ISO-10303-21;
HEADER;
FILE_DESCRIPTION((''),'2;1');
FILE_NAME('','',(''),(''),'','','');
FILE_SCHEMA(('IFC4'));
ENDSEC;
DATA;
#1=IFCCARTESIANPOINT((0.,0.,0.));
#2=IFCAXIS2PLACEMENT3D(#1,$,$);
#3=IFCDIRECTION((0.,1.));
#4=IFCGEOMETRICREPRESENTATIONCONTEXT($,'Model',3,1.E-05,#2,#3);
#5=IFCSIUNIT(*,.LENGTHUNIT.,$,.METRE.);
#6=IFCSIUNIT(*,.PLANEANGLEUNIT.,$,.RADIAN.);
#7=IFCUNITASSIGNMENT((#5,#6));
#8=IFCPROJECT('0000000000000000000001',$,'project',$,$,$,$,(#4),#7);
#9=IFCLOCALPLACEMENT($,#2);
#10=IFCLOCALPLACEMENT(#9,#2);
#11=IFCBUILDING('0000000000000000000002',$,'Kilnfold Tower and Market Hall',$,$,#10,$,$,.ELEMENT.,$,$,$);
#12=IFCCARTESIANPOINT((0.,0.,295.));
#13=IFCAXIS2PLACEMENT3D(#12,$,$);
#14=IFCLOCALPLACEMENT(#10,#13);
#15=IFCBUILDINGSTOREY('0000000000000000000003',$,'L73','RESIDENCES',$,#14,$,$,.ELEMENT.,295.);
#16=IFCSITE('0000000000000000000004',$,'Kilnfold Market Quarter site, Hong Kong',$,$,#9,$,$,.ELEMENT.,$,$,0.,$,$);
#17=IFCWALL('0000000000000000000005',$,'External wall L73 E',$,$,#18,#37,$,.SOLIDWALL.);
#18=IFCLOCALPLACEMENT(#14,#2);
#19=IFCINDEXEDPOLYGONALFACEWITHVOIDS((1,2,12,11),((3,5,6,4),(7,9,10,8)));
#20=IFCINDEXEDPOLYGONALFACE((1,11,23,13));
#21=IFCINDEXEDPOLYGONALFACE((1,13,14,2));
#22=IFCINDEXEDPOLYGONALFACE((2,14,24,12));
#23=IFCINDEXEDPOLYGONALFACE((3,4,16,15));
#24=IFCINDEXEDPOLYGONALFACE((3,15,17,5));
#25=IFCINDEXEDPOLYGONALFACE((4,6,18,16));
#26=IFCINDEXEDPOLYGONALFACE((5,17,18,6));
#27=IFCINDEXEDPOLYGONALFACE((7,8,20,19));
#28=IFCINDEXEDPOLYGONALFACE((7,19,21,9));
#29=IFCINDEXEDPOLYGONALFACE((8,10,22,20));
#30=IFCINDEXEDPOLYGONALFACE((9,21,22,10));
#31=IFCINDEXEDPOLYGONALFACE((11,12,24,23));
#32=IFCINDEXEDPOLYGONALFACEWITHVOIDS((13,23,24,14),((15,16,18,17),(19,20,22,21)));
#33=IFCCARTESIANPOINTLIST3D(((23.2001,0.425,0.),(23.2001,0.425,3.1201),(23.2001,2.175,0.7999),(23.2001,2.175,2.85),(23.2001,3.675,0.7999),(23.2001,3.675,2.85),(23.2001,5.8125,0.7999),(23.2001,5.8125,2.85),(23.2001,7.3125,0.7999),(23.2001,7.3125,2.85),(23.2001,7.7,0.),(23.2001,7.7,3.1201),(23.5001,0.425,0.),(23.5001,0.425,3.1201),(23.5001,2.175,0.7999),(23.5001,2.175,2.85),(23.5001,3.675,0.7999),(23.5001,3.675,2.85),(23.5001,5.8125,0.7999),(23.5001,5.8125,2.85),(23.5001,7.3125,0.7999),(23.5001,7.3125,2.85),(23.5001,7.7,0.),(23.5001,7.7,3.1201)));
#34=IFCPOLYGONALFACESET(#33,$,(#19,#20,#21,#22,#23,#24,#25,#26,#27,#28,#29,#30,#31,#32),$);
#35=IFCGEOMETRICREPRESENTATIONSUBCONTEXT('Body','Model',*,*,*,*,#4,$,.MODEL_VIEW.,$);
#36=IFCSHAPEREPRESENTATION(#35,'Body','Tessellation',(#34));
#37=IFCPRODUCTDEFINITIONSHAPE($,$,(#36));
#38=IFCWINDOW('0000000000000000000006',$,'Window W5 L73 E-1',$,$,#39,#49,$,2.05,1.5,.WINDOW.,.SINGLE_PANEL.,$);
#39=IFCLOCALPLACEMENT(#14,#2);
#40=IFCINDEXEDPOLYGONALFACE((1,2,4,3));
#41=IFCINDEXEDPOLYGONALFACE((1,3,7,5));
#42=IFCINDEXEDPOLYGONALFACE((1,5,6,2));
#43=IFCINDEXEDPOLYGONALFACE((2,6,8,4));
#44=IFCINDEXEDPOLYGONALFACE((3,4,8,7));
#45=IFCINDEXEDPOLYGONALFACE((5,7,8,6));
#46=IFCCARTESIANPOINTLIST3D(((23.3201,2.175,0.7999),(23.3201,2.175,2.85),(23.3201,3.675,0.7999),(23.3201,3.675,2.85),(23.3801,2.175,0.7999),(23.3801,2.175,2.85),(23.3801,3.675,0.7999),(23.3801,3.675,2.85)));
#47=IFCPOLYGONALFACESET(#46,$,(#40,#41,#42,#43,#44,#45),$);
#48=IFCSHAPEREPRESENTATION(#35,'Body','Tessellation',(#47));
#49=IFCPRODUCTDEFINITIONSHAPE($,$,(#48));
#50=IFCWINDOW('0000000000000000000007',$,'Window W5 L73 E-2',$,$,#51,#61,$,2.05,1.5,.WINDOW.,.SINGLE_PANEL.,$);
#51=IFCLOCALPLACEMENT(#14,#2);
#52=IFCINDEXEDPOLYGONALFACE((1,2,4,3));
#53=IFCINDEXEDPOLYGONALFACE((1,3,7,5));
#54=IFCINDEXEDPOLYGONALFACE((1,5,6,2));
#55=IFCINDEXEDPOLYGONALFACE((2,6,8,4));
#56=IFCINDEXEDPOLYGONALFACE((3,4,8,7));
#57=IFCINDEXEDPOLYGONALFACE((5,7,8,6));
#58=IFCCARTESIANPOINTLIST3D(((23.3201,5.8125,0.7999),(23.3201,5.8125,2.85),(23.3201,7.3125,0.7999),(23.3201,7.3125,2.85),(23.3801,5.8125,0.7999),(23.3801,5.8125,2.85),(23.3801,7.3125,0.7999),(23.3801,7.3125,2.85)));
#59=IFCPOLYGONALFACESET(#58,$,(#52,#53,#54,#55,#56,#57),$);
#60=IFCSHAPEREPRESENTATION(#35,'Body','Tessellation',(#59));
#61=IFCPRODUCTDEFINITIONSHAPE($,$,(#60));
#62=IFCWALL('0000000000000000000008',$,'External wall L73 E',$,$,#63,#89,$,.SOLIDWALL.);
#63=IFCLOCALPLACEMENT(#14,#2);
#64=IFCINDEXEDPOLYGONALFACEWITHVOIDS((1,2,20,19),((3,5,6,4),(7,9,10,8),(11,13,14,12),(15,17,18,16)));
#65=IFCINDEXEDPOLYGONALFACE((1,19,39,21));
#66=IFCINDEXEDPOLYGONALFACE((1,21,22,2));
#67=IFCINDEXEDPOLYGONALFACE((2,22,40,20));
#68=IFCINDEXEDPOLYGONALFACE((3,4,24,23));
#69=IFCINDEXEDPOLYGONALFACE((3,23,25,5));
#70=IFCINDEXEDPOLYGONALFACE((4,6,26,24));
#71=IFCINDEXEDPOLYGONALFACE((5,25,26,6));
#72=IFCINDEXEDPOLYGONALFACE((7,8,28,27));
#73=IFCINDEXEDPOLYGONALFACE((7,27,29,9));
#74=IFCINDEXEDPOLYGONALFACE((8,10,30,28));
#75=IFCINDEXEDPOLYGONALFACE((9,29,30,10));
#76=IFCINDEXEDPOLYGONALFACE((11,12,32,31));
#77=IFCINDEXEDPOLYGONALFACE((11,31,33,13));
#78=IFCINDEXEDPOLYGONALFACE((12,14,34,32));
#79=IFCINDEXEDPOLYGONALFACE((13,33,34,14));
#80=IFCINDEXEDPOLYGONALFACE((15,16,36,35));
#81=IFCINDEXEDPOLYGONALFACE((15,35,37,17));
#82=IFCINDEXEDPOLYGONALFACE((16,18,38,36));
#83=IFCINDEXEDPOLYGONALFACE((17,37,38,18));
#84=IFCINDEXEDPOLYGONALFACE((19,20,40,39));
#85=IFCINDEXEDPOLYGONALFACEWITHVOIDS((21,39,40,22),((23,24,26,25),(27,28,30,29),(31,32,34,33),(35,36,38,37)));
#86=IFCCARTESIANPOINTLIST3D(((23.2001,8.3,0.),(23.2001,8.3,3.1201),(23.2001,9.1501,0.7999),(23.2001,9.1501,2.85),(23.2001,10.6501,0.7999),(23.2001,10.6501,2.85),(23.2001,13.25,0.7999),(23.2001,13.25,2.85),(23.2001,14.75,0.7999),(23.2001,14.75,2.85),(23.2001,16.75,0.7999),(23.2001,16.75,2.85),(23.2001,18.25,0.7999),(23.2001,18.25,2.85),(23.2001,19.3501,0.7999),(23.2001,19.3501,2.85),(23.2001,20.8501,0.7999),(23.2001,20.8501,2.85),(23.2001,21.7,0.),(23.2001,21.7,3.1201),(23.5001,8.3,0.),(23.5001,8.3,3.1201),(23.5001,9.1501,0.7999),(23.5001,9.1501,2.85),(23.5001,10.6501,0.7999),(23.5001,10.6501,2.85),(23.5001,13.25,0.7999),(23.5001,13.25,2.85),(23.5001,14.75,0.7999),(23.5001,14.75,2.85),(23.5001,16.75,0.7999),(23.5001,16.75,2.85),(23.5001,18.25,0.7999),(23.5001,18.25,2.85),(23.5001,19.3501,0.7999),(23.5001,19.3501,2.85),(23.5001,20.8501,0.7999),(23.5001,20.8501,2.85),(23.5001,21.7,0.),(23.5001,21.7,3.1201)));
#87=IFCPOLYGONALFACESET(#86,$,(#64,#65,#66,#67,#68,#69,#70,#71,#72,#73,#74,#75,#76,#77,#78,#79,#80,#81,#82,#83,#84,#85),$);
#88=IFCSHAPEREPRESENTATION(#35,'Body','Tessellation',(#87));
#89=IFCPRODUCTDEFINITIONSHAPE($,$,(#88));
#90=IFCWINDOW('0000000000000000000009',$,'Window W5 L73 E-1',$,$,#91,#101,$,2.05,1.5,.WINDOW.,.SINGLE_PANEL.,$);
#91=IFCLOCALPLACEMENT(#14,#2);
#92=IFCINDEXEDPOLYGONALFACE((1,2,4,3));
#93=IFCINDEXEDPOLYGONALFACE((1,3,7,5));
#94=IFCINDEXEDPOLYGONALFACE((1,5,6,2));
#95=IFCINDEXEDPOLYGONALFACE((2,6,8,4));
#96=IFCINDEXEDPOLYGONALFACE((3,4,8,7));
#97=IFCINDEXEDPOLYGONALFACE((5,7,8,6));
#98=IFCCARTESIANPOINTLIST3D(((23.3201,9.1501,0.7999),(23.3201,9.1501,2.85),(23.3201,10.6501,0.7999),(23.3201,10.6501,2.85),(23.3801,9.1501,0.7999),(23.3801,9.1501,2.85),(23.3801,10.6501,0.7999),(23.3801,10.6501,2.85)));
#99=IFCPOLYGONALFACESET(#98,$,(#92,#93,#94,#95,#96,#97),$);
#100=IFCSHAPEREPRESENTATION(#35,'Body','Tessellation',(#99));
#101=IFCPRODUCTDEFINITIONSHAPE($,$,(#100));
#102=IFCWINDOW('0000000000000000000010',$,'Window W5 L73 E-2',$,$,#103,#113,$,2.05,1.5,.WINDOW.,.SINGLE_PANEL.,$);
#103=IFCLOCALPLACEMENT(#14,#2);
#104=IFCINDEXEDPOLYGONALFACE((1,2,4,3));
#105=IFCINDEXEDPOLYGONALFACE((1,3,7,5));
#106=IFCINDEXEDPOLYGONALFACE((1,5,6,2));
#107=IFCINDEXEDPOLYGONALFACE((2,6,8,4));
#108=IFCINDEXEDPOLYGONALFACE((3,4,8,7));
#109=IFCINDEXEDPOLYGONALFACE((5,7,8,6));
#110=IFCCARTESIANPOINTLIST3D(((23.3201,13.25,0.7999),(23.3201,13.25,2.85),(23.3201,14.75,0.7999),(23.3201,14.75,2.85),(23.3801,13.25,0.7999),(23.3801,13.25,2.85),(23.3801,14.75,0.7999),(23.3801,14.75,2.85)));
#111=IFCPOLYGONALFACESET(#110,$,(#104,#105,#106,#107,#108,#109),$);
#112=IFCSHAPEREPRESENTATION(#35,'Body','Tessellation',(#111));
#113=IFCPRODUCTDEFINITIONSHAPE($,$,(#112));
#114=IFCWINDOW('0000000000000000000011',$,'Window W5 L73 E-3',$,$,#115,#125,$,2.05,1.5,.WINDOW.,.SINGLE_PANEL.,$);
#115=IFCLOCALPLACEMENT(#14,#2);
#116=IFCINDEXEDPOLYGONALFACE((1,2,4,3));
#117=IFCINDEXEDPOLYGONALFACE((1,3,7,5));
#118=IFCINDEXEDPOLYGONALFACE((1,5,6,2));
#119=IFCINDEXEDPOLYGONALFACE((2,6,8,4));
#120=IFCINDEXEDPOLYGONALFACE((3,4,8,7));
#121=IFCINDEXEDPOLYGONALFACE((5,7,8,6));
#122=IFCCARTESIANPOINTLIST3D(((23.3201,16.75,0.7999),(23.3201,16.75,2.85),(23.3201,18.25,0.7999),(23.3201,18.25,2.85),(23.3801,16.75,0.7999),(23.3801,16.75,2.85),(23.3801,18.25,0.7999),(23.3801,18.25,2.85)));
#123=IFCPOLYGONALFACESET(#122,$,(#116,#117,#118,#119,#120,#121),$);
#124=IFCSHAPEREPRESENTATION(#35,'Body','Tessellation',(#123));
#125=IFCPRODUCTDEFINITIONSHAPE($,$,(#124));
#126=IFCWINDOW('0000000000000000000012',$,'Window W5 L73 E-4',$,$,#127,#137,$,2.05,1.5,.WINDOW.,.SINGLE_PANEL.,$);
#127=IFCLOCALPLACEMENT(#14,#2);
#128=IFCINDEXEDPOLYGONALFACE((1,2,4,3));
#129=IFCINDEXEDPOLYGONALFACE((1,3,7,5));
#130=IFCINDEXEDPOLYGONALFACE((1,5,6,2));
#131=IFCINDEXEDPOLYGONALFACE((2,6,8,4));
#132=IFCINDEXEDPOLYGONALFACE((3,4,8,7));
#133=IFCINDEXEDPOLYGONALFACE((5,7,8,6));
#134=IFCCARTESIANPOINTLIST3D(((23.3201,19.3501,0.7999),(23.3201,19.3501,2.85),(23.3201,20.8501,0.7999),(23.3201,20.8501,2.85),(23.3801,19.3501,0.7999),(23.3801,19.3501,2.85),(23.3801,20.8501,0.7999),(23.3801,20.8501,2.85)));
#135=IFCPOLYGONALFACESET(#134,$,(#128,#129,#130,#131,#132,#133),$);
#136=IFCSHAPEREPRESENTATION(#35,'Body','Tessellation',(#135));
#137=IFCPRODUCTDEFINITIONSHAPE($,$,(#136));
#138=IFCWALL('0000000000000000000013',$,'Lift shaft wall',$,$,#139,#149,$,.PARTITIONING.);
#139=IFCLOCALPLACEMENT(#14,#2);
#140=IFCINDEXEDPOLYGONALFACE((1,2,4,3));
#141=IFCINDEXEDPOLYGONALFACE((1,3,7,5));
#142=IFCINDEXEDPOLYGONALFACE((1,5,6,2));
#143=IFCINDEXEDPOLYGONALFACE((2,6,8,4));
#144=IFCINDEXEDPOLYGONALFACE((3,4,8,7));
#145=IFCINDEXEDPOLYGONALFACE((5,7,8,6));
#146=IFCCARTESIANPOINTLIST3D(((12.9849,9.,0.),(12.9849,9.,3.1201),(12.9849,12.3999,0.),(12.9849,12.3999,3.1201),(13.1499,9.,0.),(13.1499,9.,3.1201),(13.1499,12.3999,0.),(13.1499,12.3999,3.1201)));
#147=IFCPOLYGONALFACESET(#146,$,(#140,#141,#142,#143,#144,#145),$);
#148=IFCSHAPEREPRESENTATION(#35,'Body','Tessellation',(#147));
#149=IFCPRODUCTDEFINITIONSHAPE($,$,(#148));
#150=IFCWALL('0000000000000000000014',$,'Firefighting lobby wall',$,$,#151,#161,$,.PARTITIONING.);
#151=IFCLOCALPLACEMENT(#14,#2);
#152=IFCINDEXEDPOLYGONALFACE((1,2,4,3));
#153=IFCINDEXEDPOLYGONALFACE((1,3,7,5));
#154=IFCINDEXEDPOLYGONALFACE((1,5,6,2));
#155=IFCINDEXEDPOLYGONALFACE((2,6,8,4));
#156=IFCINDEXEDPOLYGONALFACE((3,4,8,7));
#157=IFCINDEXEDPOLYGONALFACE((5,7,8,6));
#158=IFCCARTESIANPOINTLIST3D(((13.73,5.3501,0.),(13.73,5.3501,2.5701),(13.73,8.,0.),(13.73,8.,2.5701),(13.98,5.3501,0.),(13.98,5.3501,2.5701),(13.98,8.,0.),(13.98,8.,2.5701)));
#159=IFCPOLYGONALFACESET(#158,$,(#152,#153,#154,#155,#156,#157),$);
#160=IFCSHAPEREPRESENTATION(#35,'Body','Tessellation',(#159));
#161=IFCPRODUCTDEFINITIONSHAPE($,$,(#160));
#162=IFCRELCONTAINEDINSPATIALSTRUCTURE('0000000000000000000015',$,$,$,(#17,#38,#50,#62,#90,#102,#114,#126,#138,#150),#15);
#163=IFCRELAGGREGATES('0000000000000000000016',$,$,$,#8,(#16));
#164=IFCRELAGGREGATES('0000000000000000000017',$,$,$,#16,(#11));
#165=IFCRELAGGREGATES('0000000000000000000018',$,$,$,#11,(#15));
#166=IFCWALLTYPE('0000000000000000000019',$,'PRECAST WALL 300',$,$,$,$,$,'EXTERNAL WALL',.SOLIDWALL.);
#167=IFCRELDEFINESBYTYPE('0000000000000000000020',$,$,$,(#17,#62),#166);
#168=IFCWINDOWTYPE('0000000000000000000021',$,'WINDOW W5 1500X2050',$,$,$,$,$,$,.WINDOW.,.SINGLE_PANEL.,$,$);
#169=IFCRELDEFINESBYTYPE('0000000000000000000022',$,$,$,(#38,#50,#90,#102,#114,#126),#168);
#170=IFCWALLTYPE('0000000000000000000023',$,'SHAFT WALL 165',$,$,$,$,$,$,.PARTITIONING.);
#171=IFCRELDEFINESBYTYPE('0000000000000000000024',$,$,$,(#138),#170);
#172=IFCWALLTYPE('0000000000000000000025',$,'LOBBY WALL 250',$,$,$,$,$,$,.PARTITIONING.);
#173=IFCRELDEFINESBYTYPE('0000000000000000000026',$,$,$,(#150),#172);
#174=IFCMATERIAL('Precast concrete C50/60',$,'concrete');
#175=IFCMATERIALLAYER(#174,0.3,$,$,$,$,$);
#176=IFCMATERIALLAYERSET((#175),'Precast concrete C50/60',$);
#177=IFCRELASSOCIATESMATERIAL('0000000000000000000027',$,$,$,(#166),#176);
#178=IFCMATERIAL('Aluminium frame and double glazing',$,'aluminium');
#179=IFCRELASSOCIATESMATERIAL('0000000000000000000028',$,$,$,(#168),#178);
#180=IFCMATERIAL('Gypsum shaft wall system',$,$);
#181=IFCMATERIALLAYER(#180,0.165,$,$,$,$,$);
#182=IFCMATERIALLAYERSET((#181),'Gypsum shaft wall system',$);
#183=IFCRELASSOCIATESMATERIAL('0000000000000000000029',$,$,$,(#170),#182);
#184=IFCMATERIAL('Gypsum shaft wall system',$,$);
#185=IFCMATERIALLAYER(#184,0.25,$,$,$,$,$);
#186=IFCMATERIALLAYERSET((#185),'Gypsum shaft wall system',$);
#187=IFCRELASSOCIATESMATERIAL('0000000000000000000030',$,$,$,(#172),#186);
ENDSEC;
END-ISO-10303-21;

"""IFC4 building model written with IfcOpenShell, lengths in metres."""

from ifc_helpers import new_model, si_unit, direction, frame, frame_2d, origin, place, context, subcontext, project, spatial, rectangle, extrude, source, transform, mapped, material, layer, layer_set, type_object, element, fill, save


model = new_model("IFC4")

# Units and contexts
model_context = context("Model", 3, precision=1e-05, world=origin(), true_north=direction((0.0, 1.0)))
body_context = subcontext(model_context, "Body", "Model", "MODEL_VIEW")
ifc_project = project(units=[si_unit("LENGTHUNIT", "METRE"), si_unit("PLANEANGLEUNIT", "RADIAN")], contexts=[model_context])

# Site, building, storey
site_placement = place(None, origin())
site = spatial("IfcSite", under=ifc_project, at=site_placement, Name="Kilnfold Market Quarter site, Hong Kong", CompositionType="ELEMENT", RefElevation=0.0)
building_placement = place(site_placement, origin())
building = spatial("IfcBuilding", under=site, at=building_placement, Name="Kilnfold Tower and Market Hall", CompositionType="ELEMENT")
storey_placement = place(building_placement, frame((0.0, 0.0, 295.0)))
storey = spatial("IfcBuildingStorey", under=building, at=storey_placement, Name="L73", Description="RESIDENCES", CompositionType="ELEMENT", Elevation=295.0)

# Walls, openings, windows
ifc_material_1 = material(Name="Precast concrete C50/60", Category="concrete")
ifc_layer_1 = layer(ifc_material_1, 0.3)
ifc_layer_set_1 = layer_set([ifc_layer_1], Name="Precast concrete C50/60")
wall_type_1 = type_object("IfcWallType", Name="PRECAST WALL 300", ElementType="EXTERNAL WALL", PredefinedType="SOLIDWALL", material=ifc_layer_set_1)
shared_shape_1 = source(origin(), body_context, "Body", "SweptSolid", [
    extrude(rectangle(XDim=7.2749, YDim=0.3, at=frame_2d((3.6375, 0.0))), origin(), (0.0, 0.0, 1.0), 3.1201),
])
wall_1_placement = place(storey_placement, frame((23.3501, 0.425, 0.0), z_axis=(0.0, 0.0, 1.0), x_axis=(0.0, 1.0, 0.0)))
wall_1 = element("IfcWall", 1, at=wall_1_placement, inside=storey, type_object=wall_type_1, Name="External wall L73 E", PredefinedType="SOLIDWALL", context=body_context, shape_type="MappedRepresentation", body=[
    mapped(shared_shape_1, transform((0.0, 0.0, 0.0))),
])
opening_1_placement = place(wall_1_placement, frame((1.75, 0.0, 0.8)))
opening_1 = element("IfcOpeningElement", 2, at=opening_1_placement, cuts=wall_1, PredefinedType="OPENING", context=body_context, shape_type="SweptSolid", body=[
    extrude(rectangle(XDim=1.5, YDim=2.05, at=frame_2d((0.75, 1.0249))), frame((0.0, 0.1602, 0.0), z_axis=(0.0, -1.0, 0.0), x_axis=(1.0, 0.0, 0.0)), (0.0, 0.0, 1.0), 0.3201),
])
opening_2_placement = place(wall_1_placement, frame((5.3875, 0.0, 0.8)))
opening_2 = element("IfcOpeningElement", 3, at=opening_2_placement, cuts=wall_1, PredefinedType="OPENING", context=body_context, shape_type="SweptSolid", body=[
    extrude(rectangle(XDim=1.5, YDim=2.05, at=frame_2d((0.75, 1.0249))), frame((0.0, 0.1602, 0.0), z_axis=(0.0, -1.0, 0.0), x_axis=(1.0, 0.0, 0.0)), (0.0, 0.0, 1.0), 0.3201),
])
ifc_material_2 = material(Name="Aluminium frame and double glazing", Category="aluminium")
window_type = type_object("IfcWindowType", Name="WINDOW W5 1500X2050", PartitioningType="SINGLE_PANEL", PredefinedType="WINDOW", material=ifc_material_2)
window_1_placement = place(opening_1_placement, origin())
window_1 = element("IfcWindow", 4, at=window_1_placement, inside=storey, type_object=window_type, Name="Window W5 L73 E-1", OverallHeight=2.05, OverallWidth=1.5, PartitioningType="SINGLE_PANEL", PredefinedType="WINDOW", context=body_context, shape_type="SweptSolid", body=[
    extrude(rectangle(XDim=1.5, YDim=2.05, at=frame_2d((0.75, 1.0249))), frame((0.0, 0.03, 0.0), z_axis=(0.0, -1.0, 0.0), x_axis=(1.0, 0.0, 0.0)), (0.0, 0.0, 1.0), 0.0601),
])
fill(opening_1, window_1)
window_2_placement = place(opening_2_placement, origin())
window_2 = element("IfcWindow", 5, at=window_2_placement, inside=storey, type_object=window_type, Name="Window W5 L73 E-2", OverallHeight=2.05, OverallWidth=1.5, PartitioningType="SINGLE_PANEL", PredefinedType="WINDOW", context=body_context, shape_type="SweptSolid", body=[
    extrude(rectangle(XDim=1.5, YDim=2.05, at=frame_2d((0.75, 1.0249))), frame((0.0, 0.03, 0.0), z_axis=(0.0, -1.0, 0.0), x_axis=(1.0, 0.0, 0.0)), (0.0, 0.0, 1.0), 0.0601),
])
fill(opening_2, window_2)
shared_shape_2 = source(origin(), body_context, "Body", "SweptSolid", [
    extrude(rectangle(XDim=13.3999, YDim=0.3, at=frame_2d((6.7, 0.0))), origin(), (0.0, 0.0, 1.0), 3.1201),
])
wall_2_placement = place(storey_placement, frame((23.3501, 8.3, 0.0), z_axis=(0.0, 0.0, 1.0), x_axis=(0.0, 1.0, 0.0)))
wall_2 = element("IfcWall", 6, at=wall_2_placement, inside=storey, type_object=wall_type_1, Name="External wall L73 E", PredefinedType="SOLIDWALL", context=body_context, shape_type="MappedRepresentation", body=[
    mapped(shared_shape_2, transform((0.0, 0.0, 0.0))),
])
opening_3_placement = place(wall_2_placement, frame((0.8501, 0.0, 0.8)))
opening_3 = element("IfcOpeningElement", 7, at=opening_3_placement, cuts=wall_2, PredefinedType="OPENING", context=body_context, shape_type="SweptSolid", body=[
    extrude(rectangle(XDim=1.5, YDim=2.05, at=frame_2d((0.75, 1.0249))), frame((0.0, 0.1602, 0.0), z_axis=(0.0, -1.0, 0.0), x_axis=(1.0, 0.0, 0.0)), (0.0, 0.0, 1.0), 0.3201),
])
opening_4_placement = place(wall_2_placement, frame((4.95, 0.0, 0.8)))
opening_4 = element("IfcOpeningElement", 8, at=opening_4_placement, cuts=wall_2, PredefinedType="OPENING", context=body_context, shape_type="SweptSolid", body=[
    extrude(rectangle(XDim=1.5, YDim=2.05, at=frame_2d((0.75, 1.0249))), frame((0.0, 0.1602, 0.0), z_axis=(0.0, -1.0, 0.0), x_axis=(1.0, 0.0, 0.0)), (0.0, 0.0, 1.0), 0.3201),
])
opening_5_placement = place(wall_2_placement, frame((8.45, 0.0, 0.8)))
opening_5 = element("IfcOpeningElement", 9, at=opening_5_placement, cuts=wall_2, PredefinedType="OPENING", context=body_context, shape_type="SweptSolid", body=[
    extrude(rectangle(XDim=1.5, YDim=2.05, at=frame_2d((0.75, 1.0249))), frame((0.0, 0.1602, 0.0), z_axis=(0.0, -1.0, 0.0), x_axis=(1.0, 0.0, 0.0)), (0.0, 0.0, 1.0), 0.3201),
])
opening_6_placement = place(wall_2_placement, frame((11.05, 0.0, 0.8)))
opening_6 = element("IfcOpeningElement", 10, at=opening_6_placement, cuts=wall_2, PredefinedType="OPENING", context=body_context, shape_type="SweptSolid", body=[
    extrude(rectangle(XDim=1.5, YDim=2.05, at=frame_2d((0.75, 1.0249))), frame((0.0, 0.1602, 0.0), z_axis=(0.0, -1.0, 0.0), x_axis=(1.0, 0.0, 0.0)), (0.0, 0.0, 1.0), 0.3201),
])
window_3_placement = place(opening_3_placement, origin())
window_3 = element("IfcWindow", 11, at=window_3_placement, inside=storey, type_object=window_type, Name="Window W5 L73 E-1", OverallHeight=2.05, OverallWidth=1.5, PartitioningType="SINGLE_PANEL", PredefinedType="WINDOW", context=body_context, shape_type="SweptSolid", body=[
    extrude(rectangle(XDim=1.5, YDim=2.05, at=frame_2d((0.75, 1.0249))), frame((0.0, 0.03, 0.0), z_axis=(0.0, -1.0, 0.0), x_axis=(1.0, 0.0, 0.0)), (0.0, 0.0, 1.0), 0.0601),
])
fill(opening_3, window_3)
window_4_placement = place(opening_4_placement, origin())
window_4 = element("IfcWindow", 12, at=window_4_placement, inside=storey, type_object=window_type, Name="Window W5 L73 E-2", OverallHeight=2.05, OverallWidth=1.5, PartitioningType="SINGLE_PANEL", PredefinedType="WINDOW", context=body_context, shape_type="SweptSolid", body=[
    extrude(rectangle(XDim=1.5, YDim=2.05, at=frame_2d((0.75, 1.0249))), frame((0.0, 0.03, 0.0), z_axis=(0.0, -1.0, 0.0), x_axis=(1.0, 0.0, 0.0)), (0.0, 0.0, 1.0), 0.0601),
])
fill(opening_4, window_4)
window_5_placement = place(opening_5_placement, origin())
window_5 = element("IfcWindow", 13, at=window_5_placement, inside=storey, type_object=window_type, Name="Window W5 L73 E-3", OverallHeight=2.05, OverallWidth=1.5, PartitioningType="SINGLE_PANEL", PredefinedType="WINDOW", context=body_context, shape_type="SweptSolid", body=[
    extrude(rectangle(XDim=1.5, YDim=2.05, at=frame_2d((0.75, 1.0249))), frame((0.0, 0.03, 0.0), z_axis=(0.0, -1.0, 0.0), x_axis=(1.0, 0.0, 0.0)), (0.0, 0.0, 1.0), 0.0601),
])
fill(opening_5, window_5)
window_6_placement = place(opening_6_placement, origin())
window_6 = element("IfcWindow", 14, at=window_6_placement, inside=storey, type_object=window_type, Name="Window W5 L73 E-4", OverallHeight=2.05, OverallWidth=1.5, PartitioningType="SINGLE_PANEL", PredefinedType="WINDOW", context=body_context, shape_type="SweptSolid", body=[
    extrude(rectangle(XDim=1.5, YDim=2.05, at=frame_2d((0.75, 1.0249))), frame((0.0, 0.03, 0.0), z_axis=(0.0, -1.0, 0.0), x_axis=(1.0, 0.0, 0.0)), (0.0, 0.0, 1.0), 0.0601),
])
fill(opening_6, window_6)

# Walls
ifc_material_3 = material(Name="Gypsum shaft wall system")
ifc_layer_2 = layer(ifc_material_3, 0.165)
ifc_layer_set_2 = layer_set([ifc_layer_2], Name="Gypsum shaft wall system")
wall_type_2 = type_object("IfcWallType", Name="SHAFT WALL 165", PredefinedType="PARTITIONING", material=ifc_layer_set_2)
shared_shape_3 = source(origin(), body_context, "Body", "SweptSolid", [
    extrude(rectangle(XDim=3.3999, YDim=0.165, at=frame_2d((1.7, 0.0))), origin(), (0.0, 0.0, 1.0), 3.1201),
])
wall_3_placement = place(storey_placement, frame((13.0674, 9.0, 0.0), z_axis=(0.0, 0.0, 1.0), x_axis=(0.0, 1.0, 0.0)))
element("IfcWall", 15, at=wall_3_placement, inside=storey, type_object=wall_type_2, Name="Lift shaft wall", PredefinedType="PARTITIONING", context=body_context, shape_type="MappedRepresentation", body=[
    mapped(shared_shape_3, transform((0.0, 0.0, 0.0))),
])
ifc_material_4 = material(Name="Gypsum shaft wall system")
ifc_layer_3 = layer(ifc_material_4, 0.25)
ifc_layer_set_3 = layer_set([ifc_layer_3], Name="Gypsum shaft wall system")
wall_type_3 = type_object("IfcWallType", Name="LOBBY WALL 250", PredefinedType="PARTITIONING", material=ifc_layer_set_3)
shared_shape_4 = source(origin(), body_context, "Body", "SweptSolid", [
    extrude(rectangle(XDim=2.6499, YDim=0.25, at=frame_2d((1.325, 0.0))), origin(), (0.0, 0.0, 1.0), 2.5701),
])
wall_4_placement = place(storey_placement, frame((13.855, 5.3501, 0.0), z_axis=(0.0, 0.0, 1.0), x_axis=(0.0, 1.0, 0.0)))
element("IfcWall", 16, at=wall_4_placement, inside=storey, type_object=wall_type_3, Name="Firefighting lobby wall", PredefinedType="PARTITIONING", context=body_context, shape_type="MappedRepresentation", body=[
    mapped(shared_shape_4, transform((0.0, 0.0, 0.0))),
])

save(model, "model.ifc")
